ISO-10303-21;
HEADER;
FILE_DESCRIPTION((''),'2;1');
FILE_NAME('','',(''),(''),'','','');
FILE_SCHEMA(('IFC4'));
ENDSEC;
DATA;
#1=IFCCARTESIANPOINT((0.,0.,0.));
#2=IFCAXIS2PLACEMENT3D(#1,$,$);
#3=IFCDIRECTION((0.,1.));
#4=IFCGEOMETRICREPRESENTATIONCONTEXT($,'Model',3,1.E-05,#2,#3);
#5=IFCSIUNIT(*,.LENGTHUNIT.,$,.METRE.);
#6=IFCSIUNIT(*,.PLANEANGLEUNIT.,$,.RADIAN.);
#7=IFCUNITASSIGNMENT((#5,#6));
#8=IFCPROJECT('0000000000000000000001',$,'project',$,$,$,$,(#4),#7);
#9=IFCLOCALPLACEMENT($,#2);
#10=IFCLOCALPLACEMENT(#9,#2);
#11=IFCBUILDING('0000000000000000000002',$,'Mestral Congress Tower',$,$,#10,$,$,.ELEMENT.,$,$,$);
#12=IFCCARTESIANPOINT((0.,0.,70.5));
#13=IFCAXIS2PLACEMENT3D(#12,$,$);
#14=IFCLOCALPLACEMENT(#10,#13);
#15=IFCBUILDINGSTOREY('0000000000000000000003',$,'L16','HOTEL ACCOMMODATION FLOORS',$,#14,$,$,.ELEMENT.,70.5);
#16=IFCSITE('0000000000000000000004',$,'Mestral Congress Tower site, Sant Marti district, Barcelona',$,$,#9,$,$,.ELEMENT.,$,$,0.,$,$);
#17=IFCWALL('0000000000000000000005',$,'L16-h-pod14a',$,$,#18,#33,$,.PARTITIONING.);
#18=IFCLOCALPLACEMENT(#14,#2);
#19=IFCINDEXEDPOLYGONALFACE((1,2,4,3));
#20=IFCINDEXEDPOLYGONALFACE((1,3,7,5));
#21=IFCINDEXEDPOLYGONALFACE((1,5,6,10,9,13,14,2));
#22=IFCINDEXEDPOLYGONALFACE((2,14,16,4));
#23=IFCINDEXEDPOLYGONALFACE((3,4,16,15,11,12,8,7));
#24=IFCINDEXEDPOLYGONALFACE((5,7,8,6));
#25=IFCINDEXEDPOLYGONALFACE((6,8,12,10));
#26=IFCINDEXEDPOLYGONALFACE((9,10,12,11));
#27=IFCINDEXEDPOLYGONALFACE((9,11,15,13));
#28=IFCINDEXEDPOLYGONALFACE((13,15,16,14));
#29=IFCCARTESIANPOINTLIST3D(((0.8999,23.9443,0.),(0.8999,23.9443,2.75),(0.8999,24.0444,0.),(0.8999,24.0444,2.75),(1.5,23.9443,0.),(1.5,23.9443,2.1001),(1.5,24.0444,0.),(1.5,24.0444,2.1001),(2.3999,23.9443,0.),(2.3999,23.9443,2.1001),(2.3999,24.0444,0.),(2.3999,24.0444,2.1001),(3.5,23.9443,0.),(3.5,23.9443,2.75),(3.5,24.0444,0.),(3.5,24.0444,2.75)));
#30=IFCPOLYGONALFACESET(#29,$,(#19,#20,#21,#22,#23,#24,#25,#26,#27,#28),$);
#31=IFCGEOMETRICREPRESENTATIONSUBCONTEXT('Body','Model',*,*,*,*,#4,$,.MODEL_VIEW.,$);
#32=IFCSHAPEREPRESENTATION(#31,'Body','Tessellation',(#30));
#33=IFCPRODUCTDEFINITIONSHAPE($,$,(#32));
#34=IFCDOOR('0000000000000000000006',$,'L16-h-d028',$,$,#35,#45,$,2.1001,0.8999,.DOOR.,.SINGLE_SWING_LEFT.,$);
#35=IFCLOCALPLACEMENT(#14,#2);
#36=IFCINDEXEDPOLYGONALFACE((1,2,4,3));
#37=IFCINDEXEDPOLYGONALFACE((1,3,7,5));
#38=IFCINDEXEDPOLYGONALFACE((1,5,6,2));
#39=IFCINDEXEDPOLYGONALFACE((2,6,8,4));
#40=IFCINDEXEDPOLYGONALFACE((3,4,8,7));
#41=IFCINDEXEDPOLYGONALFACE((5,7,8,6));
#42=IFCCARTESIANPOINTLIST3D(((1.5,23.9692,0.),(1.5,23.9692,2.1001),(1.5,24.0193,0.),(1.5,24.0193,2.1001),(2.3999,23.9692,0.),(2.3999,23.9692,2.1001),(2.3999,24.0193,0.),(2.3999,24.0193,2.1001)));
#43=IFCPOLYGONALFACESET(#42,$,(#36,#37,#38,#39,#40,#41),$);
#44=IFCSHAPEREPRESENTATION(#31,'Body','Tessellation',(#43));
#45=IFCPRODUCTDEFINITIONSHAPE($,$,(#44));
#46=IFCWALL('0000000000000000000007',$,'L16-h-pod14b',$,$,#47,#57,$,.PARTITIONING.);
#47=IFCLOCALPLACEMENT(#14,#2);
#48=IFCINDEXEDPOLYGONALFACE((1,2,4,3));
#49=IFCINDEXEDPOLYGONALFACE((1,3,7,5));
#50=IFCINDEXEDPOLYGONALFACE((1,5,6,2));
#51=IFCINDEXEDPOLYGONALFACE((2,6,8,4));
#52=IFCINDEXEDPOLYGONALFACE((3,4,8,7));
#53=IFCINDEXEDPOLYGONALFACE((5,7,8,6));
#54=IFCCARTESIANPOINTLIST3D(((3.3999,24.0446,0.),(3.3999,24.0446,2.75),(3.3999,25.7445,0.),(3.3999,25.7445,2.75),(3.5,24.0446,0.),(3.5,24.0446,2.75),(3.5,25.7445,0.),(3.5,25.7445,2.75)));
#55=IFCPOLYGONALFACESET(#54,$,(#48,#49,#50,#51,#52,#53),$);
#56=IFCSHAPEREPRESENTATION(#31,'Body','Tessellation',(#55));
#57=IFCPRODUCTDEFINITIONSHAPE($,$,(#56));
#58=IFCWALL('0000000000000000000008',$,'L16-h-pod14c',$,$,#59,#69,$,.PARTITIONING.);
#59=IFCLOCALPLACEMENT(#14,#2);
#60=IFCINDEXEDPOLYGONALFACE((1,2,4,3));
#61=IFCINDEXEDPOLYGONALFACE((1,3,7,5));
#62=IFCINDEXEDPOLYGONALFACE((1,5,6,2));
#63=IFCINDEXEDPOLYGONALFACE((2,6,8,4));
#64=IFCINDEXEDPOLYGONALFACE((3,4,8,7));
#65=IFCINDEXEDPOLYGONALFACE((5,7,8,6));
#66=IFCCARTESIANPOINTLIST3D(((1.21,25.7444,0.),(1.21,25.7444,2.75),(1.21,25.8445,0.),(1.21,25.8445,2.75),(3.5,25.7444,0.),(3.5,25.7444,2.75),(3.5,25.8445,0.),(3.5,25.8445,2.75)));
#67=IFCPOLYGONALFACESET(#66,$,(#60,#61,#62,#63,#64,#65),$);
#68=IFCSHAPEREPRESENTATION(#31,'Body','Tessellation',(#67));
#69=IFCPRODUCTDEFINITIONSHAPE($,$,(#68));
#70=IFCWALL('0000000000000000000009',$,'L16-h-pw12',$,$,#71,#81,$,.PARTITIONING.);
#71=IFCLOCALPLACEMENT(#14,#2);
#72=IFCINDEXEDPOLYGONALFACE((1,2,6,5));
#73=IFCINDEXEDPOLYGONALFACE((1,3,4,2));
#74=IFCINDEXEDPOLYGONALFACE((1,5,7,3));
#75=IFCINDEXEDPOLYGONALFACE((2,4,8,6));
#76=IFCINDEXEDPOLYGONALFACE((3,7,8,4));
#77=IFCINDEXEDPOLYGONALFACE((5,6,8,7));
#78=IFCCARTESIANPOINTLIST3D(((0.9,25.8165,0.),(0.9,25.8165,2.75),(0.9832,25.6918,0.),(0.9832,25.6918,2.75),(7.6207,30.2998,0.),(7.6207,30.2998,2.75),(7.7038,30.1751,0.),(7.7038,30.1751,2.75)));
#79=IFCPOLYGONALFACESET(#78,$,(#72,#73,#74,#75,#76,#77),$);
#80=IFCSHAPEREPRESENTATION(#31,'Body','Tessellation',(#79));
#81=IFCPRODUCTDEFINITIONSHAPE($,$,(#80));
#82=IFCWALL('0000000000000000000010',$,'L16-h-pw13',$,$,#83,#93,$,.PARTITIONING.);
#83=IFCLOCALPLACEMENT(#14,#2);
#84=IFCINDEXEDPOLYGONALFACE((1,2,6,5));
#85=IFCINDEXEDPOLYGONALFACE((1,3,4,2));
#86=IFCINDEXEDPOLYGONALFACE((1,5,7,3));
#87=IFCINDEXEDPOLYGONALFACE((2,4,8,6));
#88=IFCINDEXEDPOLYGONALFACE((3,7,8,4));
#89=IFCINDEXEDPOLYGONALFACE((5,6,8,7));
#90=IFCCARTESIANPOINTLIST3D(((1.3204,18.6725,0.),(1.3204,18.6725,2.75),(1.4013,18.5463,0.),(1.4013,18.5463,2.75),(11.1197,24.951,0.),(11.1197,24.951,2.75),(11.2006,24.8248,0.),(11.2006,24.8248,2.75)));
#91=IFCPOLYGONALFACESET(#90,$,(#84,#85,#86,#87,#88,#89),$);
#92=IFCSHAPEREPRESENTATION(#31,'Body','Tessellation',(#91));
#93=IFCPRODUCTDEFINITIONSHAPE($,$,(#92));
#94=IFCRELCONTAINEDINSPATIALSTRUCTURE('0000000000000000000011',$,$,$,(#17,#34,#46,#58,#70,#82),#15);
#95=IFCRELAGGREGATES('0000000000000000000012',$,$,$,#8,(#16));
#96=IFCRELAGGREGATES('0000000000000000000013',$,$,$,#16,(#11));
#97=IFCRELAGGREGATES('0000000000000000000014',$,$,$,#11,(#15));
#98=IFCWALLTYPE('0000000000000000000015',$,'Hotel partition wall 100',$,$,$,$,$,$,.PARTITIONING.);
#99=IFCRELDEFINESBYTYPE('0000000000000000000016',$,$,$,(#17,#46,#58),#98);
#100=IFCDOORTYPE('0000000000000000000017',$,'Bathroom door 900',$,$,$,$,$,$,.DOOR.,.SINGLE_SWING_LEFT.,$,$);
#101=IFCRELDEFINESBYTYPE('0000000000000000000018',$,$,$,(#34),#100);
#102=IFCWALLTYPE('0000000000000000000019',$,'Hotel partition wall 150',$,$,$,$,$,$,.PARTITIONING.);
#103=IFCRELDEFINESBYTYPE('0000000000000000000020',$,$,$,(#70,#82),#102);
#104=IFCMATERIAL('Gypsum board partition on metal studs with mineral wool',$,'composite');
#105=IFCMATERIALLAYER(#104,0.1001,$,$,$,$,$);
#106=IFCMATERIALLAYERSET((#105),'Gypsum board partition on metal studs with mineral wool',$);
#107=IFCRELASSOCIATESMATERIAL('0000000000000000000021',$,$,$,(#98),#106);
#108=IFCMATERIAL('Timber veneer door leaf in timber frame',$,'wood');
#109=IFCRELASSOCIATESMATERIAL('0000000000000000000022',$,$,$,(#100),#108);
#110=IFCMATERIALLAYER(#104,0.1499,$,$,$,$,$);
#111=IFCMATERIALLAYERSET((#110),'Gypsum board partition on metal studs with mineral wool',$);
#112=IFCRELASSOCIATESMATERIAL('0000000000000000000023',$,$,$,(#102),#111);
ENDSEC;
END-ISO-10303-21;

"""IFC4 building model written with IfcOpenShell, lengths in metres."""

from ifc_helpers import new_model, si_unit, direction, frame, frame_2d, origin, place, context, subcontext, project, spatial, rectangle, extrude, material, layer, layer_set, type_object, element, fill, save


model = new_model("IFC4")

# Units and contexts
model_context = context("Model", 3, precision=1e-05, world=origin(), true_north=direction((0.0, 1.0)))
body_context = subcontext(model_context, "Body", "Model", "MODEL_VIEW")
ifc_project = project(units=[si_unit("LENGTHUNIT", "METRE"), si_unit("PLANEANGLEUNIT", "RADIAN")], contexts=[model_context])

# Site, building, storey
site_placement = place(None, origin())
site = spatial("IfcSite", under=ifc_project, at=site_placement, Name="Mestral Congress Tower site, Sant Marti district, Barcelona", CompositionType="ELEMENT", RefElevation=0.0)
building_placement = place(site_placement, origin())
building = spatial("IfcBuilding", under=site, at=building_placement, Name="Mestral Congress Tower", CompositionType="ELEMENT")
storey_placement = place(building_placement, frame((0.0, 0.0, 70.5)))
storey = spatial("IfcBuildingStorey", under=building, at=storey_placement, Name="L16", Description="HOTEL ACCOMMODATION FLOORS", CompositionType="ELEMENT", Elevation=70.5)

# Wall, opening, door
ifc_material_1 = material(Name="Gypsum board partition on metal studs with mineral wool", Category="composite")
ifc_layer_1 = layer(ifc_material_1, 0.1001)
ifc_layer_set_1 = layer_set([ifc_layer_1], Name="Gypsum board partition on metal studs with mineral wool")
wall_type_1 = type_object("IfcWallType", Name="Hotel partition wall 100", PredefinedType="PARTITIONING", material=ifc_layer_set_1)
wall_1_placement = place(storey_placement, frame((0.8999, 23.9944, 0.0), z_axis=(0.0, 0.0, 1.0), x_axis=(1.0, 0.0, 0.0)))
wall_1 = element("IfcWall", 1, at=wall_1_placement, inside=storey, type_object=wall_type_1, Name="L16-h-pod14a", PredefinedType="PARTITIONING", context=body_context, shape_type="SweptSolid", body=[
    extrude(rectangle(XDim=2.6001, YDim=0.1001, at=frame_2d((1.3, 0.0))), origin(), (0.0, 0.0, 1.0), 2.75),
])
opening_1_placement = place(wall_1_placement, frame((0.6001, 0.0, 0.0)))
opening_1 = element("IfcOpeningElement", 2, at=opening_1_placement, cuts=wall_1, PredefinedType="OPENING", context=body_context, shape_type="SweptSolid", body=[
    extrude(rectangle(XDim=0.8999, YDim=2.1001, at=frame_2d((0.45, 1.05))), frame((0.0, 0.0601, 0.0), z_axis=(0.0, -1.0, 0.0), x_axis=(1.0, 0.0, 0.0)), (0.0, 0.0, 1.0), 0.1201),
])
ifc_material_2 = material(Name="Timber veneer door leaf in timber frame", Category="wood")
door_type = type_object("IfcDoorType", Name="Bathroom door 900", OperationType="SINGLE_SWING_LEFT", PredefinedType="DOOR", material=ifc_material_2)
door_placement = place(opening_1_placement, origin())
door = element("IfcDoor", 3, at=door_placement, inside=storey, type_object=door_type, Name="L16-h-d028", OperationType="SINGLE_SWING_LEFT", OverallHeight=2.1001, OverallWidth=0.8999, PredefinedType="DOOR", context=body_context, shape_type="SweptSolid", body=[
    extrude(rectangle(XDim=0.8999, YDim=2.1001, at=frame_2d((0.45, 1.05))), frame((0.0, 0.0249, 0.0), z_axis=(0.0, -1.0, 0.0), x_axis=(1.0, 0.0, 0.0)), (0.0, 0.0, 1.0), 0.05),
])
fill(opening_1, door)

# Walls
wall_2_placement = place(storey_placement, frame((3.45, 24.0444, 0.0), z_axis=(0.0, 0.0, 1.0), x_axis=(0.0, 1.0, 0.0)))
element("IfcWall", 4, at=wall_2_placement, inside=storey, type_object=wall_type_1, Name="L16-h-pod14b", PredefinedType="PARTITIONING", context=body_context, shape_type="SweptSolid", body=[
    extrude(rectangle(XDim=1.7, YDim=0.1001, at=frame_2d((0.8501, 0.0))), origin(), (0.0, 0.0, 1.0), 2.75),
])
wall_3_placement = place(storey_placement, frame((1.21, 25.7944, 0.0), z_axis=(0.0, 0.0, 1.0), x_axis=(1.0, 0.0, 0.0)))
element("IfcWall", 5, at=wall_3_placement, inside=storey, type_object=wall_type_1, Name="L16-h-pod14c", PredefinedType="PARTITIONING", context=body_context, shape_type="SweptSolid", body=[
    extrude(rectangle(XDim=2.29, YDim=0.1001, at=frame_2d((1.145, 0.0))), origin(), (0.0, 0.0, 1.0), 2.75),
])
ifc_layer_2 = layer(ifc_material_1, 0.1499)
ifc_layer_set_2 = layer_set([ifc_layer_2], Name="Gypsum board partition on metal studs with mineral wool")
wall_type_2 = type_object("IfcWallType", Name="Hotel partition wall 150", PredefinedType="PARTITIONING", material=ifc_layer_set_2)
wall_4_placement = place(storey_placement, frame((7.6624, 30.2375, 0.0), z_axis=(0.0, 0.0, 1.0), x_axis=(-0.831883, -0.554951, 0.0)))
element("IfcWall", 6, at=wall_4_placement, inside=storey, type_object=wall_type_2, Name="L16-h-pw12", PredefinedType="PARTITIONING", context=body_context, shape_type="SweptSolid", body=[
    extrude(rectangle(XDim=8.0789, YDim=0.1499, at=frame_2d((4.0396, 0.0))), origin(), (0.0, 0.0, 1.0), 2.75),
])
wall_5_placement = place(storey_placement, frame((11.1602, 24.8879, 0.0), z_axis=(0.0, 0.0, 1.0), x_axis=(-0.841998, -0.53948, 0.0)))
element("IfcWall", 7, at=wall_5_placement, inside=storey, type_object=wall_type_2, Name="L16-h-pw13", PredefinedType="PARTITIONING", context=body_context, shape_type="SweptSolid", body=[
    extrude(rectangle(XDim=11.6382, YDim=0.1499, at=frame_2d((5.8191, 0.0))), origin(), (0.0, 0.0, 1.0), 2.75),
])

save(model, "model.ifc")
